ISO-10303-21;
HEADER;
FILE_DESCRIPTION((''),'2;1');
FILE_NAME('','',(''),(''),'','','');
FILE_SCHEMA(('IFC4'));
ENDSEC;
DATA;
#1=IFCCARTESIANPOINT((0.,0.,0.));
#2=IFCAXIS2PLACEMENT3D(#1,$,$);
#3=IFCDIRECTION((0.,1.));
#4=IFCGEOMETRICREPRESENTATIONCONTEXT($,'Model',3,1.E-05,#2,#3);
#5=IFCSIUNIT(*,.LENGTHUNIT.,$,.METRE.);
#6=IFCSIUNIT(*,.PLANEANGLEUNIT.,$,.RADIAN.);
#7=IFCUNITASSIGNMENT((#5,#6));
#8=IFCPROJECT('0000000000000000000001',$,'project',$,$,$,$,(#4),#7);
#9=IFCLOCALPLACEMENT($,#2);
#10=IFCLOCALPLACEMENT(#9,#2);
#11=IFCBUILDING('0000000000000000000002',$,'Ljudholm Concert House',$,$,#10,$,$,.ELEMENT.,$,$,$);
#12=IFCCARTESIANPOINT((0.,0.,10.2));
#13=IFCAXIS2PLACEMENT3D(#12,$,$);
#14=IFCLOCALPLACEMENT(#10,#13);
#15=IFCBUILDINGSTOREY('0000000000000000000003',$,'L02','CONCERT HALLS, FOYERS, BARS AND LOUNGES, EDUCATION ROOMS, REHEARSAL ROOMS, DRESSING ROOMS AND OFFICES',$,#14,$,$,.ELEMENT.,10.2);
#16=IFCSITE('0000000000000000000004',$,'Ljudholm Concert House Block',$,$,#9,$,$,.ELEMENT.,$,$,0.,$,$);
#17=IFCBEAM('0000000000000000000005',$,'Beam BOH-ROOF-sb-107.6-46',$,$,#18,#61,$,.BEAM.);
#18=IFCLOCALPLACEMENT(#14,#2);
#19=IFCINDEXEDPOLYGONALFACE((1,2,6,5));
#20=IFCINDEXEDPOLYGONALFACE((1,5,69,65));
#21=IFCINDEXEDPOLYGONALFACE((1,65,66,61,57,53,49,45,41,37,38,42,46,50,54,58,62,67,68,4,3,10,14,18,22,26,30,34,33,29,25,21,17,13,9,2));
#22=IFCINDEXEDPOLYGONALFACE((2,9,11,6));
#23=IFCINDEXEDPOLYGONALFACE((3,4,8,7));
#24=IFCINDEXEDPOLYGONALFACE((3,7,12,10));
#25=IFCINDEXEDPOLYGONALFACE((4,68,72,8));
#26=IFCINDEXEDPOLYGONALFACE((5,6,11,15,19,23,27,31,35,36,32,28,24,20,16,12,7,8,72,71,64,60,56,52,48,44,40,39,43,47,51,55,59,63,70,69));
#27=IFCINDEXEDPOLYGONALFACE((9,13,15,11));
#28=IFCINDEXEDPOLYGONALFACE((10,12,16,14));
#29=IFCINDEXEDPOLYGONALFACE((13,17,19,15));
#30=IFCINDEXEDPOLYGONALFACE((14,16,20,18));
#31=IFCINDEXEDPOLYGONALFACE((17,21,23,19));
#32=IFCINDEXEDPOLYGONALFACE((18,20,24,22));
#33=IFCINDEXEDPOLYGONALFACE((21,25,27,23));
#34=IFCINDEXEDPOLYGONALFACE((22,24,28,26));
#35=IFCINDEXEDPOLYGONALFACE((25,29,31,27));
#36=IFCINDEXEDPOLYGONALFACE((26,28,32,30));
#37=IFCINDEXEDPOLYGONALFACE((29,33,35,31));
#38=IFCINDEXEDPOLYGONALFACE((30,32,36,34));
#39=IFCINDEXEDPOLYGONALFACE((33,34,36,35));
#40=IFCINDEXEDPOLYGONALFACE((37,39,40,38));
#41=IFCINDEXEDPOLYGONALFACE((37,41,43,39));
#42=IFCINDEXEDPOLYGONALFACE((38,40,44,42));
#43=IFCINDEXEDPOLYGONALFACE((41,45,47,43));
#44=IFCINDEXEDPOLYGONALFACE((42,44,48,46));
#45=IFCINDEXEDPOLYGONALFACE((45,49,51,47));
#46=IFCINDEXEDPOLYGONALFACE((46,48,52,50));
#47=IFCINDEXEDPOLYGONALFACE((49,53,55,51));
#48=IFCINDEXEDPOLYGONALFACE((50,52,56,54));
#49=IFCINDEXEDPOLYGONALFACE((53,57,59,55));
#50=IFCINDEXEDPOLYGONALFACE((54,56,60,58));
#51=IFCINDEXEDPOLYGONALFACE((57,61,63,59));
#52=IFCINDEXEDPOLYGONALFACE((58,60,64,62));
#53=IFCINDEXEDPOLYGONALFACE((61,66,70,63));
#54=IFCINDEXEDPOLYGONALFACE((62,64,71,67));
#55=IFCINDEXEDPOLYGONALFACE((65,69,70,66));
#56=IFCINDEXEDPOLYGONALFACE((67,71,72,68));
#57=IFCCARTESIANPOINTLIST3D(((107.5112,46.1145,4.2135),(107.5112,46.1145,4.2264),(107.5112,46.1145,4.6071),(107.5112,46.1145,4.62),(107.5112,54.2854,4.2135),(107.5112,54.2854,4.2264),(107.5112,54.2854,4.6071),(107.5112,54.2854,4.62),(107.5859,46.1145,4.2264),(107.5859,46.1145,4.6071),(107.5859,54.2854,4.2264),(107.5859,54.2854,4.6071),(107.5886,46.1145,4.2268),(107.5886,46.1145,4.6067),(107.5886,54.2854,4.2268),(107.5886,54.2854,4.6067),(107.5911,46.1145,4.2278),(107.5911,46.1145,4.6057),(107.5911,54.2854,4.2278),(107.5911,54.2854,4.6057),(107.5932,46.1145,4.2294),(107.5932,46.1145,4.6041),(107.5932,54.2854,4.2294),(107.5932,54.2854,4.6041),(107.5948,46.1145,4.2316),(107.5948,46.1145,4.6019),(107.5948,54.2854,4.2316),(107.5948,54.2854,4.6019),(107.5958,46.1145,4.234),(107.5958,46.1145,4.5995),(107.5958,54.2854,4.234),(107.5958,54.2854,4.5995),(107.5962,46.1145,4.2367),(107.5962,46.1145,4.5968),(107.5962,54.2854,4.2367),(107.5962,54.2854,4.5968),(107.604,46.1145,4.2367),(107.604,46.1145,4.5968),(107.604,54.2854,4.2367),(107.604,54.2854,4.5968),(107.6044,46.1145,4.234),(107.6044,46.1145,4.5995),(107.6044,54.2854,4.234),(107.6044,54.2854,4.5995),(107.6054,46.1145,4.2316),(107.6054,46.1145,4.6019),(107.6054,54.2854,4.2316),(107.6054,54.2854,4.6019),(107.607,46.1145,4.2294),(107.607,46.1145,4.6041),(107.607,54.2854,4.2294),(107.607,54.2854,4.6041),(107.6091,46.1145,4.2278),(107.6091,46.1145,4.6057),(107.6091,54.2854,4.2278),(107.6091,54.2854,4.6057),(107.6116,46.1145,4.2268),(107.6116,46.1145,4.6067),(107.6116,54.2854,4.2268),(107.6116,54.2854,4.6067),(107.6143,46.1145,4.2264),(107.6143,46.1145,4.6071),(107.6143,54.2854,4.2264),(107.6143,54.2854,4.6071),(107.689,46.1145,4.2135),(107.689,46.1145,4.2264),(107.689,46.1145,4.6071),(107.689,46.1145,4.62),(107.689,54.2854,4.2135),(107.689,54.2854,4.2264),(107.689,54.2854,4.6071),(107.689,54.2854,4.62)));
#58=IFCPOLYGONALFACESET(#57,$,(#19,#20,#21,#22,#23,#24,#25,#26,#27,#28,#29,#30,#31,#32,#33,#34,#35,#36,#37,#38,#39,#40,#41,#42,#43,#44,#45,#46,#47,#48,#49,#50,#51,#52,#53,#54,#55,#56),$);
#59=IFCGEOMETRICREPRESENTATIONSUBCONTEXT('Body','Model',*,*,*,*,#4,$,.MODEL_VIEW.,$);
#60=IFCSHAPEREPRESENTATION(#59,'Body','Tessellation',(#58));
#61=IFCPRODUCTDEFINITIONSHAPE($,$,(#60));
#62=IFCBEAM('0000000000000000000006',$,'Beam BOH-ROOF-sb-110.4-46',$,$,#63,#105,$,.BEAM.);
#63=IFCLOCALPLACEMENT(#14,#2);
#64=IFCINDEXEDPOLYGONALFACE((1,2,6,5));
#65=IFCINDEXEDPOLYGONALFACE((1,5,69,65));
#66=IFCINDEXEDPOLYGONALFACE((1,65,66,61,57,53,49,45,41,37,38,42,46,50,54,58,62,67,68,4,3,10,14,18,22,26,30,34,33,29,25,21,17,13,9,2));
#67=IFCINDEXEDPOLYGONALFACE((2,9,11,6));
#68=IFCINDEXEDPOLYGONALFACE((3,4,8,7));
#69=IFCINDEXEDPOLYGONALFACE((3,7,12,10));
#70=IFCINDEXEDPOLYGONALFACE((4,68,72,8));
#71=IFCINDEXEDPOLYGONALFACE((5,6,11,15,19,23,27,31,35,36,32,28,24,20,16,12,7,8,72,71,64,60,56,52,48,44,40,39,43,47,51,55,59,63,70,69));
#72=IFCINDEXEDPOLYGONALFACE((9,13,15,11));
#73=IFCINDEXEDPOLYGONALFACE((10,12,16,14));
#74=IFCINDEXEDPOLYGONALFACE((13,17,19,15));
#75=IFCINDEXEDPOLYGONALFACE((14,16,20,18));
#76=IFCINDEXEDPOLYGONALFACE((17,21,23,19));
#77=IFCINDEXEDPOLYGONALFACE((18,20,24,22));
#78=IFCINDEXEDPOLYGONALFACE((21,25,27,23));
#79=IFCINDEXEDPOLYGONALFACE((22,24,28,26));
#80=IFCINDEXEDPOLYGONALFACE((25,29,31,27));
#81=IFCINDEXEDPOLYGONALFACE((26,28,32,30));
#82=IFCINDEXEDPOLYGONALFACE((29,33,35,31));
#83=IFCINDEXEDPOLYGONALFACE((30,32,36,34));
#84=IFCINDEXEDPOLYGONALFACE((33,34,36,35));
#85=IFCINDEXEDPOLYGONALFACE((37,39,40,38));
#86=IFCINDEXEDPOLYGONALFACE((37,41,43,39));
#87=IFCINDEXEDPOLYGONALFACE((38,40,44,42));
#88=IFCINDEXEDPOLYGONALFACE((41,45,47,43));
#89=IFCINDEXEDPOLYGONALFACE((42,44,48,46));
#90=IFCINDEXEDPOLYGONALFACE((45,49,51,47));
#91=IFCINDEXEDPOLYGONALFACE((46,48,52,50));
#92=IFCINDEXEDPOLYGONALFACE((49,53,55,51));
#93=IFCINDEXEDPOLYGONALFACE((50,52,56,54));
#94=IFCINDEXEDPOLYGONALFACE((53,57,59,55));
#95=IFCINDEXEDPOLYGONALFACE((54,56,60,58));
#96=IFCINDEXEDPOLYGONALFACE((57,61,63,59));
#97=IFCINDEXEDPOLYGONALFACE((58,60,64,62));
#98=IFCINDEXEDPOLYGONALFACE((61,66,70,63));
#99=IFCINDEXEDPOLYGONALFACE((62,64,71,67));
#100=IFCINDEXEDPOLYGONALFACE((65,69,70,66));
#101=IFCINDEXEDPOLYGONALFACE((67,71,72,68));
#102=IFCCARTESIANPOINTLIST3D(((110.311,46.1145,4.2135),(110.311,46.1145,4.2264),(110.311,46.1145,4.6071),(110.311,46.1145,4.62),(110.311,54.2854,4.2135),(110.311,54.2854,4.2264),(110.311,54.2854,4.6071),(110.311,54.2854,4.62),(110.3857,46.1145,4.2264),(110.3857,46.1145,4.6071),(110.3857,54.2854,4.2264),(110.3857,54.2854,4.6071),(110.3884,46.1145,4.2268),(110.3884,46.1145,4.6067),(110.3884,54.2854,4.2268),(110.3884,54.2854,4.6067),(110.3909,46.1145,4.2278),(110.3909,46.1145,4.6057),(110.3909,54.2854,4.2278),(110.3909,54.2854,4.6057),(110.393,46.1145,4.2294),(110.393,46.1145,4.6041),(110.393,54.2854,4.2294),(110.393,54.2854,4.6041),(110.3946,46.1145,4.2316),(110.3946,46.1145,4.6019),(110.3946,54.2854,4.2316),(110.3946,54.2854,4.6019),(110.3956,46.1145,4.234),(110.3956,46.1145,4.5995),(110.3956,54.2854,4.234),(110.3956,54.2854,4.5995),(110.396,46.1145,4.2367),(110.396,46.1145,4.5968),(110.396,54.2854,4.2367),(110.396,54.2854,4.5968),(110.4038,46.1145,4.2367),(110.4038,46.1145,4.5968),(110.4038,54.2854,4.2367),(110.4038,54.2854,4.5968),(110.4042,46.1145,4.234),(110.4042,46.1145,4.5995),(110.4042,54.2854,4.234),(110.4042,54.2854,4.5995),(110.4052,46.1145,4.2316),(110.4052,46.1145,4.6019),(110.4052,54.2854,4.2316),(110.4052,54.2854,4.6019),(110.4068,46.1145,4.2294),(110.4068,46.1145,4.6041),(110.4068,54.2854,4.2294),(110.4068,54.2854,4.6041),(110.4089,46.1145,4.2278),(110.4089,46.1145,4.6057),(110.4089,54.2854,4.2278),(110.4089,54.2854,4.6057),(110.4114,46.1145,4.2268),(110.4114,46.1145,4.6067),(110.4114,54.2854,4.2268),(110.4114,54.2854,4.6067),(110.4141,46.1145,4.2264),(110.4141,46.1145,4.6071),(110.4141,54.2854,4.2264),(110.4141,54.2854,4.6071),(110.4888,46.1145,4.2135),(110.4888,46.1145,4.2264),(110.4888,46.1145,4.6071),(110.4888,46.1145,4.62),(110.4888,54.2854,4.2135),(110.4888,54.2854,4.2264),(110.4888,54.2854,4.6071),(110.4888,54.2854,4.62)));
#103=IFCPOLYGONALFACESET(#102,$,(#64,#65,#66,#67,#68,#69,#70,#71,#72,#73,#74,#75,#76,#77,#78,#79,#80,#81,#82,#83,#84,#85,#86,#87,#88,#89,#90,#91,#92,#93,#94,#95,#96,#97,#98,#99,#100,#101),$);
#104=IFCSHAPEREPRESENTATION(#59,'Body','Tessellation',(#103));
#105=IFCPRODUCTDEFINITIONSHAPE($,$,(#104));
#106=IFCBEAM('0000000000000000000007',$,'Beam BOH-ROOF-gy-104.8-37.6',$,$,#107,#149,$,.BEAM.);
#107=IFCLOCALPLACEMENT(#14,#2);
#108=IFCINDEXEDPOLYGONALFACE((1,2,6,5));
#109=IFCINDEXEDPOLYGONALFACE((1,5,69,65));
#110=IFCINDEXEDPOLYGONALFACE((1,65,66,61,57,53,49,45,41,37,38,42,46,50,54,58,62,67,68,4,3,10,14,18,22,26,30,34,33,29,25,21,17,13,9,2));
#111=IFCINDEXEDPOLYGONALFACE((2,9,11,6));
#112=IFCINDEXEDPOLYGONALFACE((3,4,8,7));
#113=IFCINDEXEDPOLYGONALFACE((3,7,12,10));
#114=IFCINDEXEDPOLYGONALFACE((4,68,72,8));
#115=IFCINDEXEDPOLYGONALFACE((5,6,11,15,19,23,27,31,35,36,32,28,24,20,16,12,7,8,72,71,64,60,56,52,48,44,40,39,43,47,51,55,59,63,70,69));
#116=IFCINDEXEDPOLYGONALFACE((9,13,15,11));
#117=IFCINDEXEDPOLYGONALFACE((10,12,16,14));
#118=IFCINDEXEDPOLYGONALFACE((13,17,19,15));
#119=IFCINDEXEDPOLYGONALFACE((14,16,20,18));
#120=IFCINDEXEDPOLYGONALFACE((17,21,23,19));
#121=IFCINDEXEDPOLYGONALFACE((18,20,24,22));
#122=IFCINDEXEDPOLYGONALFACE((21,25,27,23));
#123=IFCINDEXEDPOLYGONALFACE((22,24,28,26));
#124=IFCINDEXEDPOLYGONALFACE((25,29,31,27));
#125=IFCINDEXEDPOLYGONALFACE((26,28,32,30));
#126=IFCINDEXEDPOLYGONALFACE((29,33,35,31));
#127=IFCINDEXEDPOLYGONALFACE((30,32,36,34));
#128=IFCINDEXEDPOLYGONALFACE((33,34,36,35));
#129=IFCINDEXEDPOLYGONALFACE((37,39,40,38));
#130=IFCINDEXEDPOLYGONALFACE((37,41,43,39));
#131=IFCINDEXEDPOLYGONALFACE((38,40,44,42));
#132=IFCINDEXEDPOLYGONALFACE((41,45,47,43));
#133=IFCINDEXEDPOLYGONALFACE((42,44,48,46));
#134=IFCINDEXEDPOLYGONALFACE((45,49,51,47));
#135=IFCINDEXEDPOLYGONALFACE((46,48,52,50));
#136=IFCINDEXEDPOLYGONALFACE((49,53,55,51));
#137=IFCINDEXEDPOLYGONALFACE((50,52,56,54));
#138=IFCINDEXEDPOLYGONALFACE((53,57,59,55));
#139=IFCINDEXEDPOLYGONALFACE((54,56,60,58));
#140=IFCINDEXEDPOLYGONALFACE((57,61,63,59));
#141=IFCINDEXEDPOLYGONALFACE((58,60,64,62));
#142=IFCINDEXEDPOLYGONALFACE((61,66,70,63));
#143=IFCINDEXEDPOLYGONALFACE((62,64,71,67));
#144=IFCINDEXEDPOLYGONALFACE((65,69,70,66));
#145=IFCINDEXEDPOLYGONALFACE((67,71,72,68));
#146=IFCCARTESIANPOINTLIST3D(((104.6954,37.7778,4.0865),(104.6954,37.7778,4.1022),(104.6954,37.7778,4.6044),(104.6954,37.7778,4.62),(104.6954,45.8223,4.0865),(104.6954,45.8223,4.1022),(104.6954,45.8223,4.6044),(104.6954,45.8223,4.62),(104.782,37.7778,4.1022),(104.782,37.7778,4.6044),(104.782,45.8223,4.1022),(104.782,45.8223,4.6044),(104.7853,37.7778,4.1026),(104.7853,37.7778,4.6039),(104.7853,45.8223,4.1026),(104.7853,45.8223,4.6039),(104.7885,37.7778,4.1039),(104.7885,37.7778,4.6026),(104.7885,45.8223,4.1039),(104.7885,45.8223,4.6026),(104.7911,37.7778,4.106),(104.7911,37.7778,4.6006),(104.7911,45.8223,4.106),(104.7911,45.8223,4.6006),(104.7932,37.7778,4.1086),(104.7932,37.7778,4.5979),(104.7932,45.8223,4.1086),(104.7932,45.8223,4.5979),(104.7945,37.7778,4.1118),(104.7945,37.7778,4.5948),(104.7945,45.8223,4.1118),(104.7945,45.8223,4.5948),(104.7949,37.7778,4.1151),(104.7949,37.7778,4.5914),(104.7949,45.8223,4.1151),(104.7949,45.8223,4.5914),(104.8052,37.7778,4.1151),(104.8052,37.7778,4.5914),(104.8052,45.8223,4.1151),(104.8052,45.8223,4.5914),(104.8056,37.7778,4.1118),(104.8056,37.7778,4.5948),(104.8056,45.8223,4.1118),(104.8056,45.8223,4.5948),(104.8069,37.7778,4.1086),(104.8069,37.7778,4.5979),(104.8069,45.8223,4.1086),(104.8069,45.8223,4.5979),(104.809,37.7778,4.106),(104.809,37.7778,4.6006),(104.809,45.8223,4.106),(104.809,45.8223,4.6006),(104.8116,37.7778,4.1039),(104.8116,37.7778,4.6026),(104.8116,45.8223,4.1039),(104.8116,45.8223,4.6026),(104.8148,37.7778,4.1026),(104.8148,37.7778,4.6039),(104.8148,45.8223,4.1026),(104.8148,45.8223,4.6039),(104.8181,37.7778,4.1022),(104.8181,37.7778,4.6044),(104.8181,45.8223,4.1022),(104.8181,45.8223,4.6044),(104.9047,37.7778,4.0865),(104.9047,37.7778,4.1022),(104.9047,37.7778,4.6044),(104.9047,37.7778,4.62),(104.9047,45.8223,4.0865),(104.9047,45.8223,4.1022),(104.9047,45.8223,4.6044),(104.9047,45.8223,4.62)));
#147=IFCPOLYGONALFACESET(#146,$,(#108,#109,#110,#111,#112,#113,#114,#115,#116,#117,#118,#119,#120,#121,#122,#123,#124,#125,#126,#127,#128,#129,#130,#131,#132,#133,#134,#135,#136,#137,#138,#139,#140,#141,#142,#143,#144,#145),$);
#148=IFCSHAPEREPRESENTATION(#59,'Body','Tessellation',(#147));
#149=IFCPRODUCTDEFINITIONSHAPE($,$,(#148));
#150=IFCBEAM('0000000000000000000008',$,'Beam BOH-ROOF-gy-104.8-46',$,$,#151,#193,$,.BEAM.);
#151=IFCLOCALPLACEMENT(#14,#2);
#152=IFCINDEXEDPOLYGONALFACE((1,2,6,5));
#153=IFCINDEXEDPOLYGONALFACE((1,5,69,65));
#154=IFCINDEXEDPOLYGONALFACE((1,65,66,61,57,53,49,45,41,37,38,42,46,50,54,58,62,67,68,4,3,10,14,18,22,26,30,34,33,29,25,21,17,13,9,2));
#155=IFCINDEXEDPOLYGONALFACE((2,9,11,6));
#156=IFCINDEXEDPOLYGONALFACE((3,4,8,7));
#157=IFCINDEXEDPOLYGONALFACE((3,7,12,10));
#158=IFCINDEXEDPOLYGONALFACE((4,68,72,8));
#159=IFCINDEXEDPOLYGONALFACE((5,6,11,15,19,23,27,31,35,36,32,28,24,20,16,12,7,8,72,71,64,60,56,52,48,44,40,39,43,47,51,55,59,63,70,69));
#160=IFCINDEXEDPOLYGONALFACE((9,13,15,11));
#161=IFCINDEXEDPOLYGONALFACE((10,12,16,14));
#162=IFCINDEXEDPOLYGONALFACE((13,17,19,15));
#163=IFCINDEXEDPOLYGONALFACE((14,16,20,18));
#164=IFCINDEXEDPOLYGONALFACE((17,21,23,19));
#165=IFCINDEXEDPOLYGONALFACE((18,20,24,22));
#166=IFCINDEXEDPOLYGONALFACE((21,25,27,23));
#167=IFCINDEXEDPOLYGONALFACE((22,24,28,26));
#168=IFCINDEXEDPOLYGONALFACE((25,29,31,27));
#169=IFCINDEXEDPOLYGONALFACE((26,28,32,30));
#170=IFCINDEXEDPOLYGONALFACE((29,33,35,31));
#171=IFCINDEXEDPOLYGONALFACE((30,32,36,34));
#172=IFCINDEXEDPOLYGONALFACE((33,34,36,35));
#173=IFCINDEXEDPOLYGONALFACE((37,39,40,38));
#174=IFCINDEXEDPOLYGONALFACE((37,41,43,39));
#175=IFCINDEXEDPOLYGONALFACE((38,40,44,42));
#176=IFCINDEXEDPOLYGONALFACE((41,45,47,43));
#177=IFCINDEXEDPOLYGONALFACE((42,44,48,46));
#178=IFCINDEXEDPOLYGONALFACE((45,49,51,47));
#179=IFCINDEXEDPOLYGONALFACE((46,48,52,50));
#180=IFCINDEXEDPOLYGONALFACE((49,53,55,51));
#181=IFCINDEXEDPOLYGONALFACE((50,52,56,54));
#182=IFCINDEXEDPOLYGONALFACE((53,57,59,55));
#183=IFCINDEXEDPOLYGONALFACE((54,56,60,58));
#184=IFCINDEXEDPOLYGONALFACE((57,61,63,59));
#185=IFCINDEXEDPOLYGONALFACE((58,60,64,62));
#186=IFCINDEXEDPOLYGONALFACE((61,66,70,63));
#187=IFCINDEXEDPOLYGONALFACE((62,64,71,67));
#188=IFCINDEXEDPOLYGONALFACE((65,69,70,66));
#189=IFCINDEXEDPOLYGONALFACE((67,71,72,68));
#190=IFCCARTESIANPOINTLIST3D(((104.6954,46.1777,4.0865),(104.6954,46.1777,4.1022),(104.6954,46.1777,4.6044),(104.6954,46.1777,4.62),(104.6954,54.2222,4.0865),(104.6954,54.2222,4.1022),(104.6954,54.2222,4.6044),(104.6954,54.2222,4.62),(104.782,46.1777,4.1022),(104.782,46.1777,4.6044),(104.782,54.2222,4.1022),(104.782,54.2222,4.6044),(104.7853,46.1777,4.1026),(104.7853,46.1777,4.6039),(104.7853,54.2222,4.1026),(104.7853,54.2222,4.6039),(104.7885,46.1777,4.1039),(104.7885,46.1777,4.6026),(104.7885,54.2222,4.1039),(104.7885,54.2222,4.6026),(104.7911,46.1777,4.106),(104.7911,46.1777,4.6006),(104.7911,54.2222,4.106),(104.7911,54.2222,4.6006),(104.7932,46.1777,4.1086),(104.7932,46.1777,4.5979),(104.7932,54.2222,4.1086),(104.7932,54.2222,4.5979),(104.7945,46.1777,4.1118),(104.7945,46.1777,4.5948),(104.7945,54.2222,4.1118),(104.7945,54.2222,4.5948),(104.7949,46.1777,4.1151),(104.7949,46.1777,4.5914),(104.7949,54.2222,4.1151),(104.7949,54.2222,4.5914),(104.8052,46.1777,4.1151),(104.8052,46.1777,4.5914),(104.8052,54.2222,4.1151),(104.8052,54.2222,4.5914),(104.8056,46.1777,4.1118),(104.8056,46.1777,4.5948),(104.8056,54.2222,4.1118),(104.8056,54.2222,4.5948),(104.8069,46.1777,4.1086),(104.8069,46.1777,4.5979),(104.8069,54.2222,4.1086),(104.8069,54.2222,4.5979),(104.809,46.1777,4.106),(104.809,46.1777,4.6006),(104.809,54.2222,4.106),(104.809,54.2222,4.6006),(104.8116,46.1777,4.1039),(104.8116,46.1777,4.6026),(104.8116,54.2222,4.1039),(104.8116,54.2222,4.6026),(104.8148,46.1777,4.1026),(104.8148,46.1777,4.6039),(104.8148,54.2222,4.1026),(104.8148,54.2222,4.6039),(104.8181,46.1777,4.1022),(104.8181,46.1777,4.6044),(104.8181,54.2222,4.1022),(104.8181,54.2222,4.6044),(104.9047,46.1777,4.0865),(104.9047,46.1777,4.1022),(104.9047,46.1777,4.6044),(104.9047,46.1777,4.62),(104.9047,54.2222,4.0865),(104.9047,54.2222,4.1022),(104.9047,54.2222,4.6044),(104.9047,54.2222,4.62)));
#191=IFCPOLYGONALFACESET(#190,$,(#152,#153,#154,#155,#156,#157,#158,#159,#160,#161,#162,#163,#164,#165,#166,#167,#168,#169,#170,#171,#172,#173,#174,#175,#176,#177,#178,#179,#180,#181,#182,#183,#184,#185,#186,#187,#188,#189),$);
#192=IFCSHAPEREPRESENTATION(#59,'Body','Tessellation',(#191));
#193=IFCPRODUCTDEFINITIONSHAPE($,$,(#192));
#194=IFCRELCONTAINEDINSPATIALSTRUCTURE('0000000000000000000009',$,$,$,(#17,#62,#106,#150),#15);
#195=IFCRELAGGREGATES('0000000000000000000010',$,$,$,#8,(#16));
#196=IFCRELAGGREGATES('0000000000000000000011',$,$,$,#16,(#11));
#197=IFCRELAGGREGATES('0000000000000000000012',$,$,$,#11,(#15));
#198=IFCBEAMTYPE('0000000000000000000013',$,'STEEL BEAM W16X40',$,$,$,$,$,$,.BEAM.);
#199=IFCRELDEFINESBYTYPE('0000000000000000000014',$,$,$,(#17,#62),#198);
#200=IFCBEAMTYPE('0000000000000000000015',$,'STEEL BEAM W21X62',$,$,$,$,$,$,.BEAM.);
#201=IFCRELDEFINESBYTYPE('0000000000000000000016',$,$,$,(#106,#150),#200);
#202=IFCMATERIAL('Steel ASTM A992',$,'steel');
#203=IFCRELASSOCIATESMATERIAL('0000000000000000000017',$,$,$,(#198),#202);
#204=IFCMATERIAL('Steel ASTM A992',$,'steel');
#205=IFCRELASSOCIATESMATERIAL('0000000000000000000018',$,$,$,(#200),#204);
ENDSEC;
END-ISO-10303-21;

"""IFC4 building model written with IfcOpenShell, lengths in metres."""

from ifc_helpers import new_model, si_unit, direction, frame, origin, origin_2d, place, context, subcontext, project, spatial, i_section, extrude, material, material_profile, profile_set, type_object, element, save


model = new_model("IFC4")

# Units and contexts
model_context = context("Model", 3, precision=1e-05, world=origin(), true_north=direction((0.0, 1.0)))
body_context = subcontext(model_context, "Body", "Model", "MODEL_VIEW")
ifc_project = project(units=[si_unit("LENGTHUNIT", "METRE"), si_unit("PLANEANGLEUNIT", "RADIAN")], contexts=[model_context])

# Site, building, storey
site_placement = place(None, origin())
site = spatial("IfcSite", under=ifc_project, at=site_placement, Name="Ljudholm Concert House Block", CompositionType="ELEMENT", RefElevation=0.0)
building_placement = place(site_placement, origin())
building = spatial("IfcBuilding", under=site, at=building_placement, Name="Ljudholm Concert House", CompositionType="ELEMENT")
storey_placement = place(building_placement, frame((0.0, 0.0, 10.2)))
storey = spatial("IfcBuildingStorey", under=building, at=storey_placement, Name="L02", Description="CONCERT HALLS, FOYERS, BARS AND LOUNGES, EDUCATION ROOMS, REHEARSAL ROOMS, DRESSING ROOMS AND OFFICES", CompositionType="ELEMENT", Elevation=10.2)

# Beams
ifc_material_1 = material(Name="Steel ASTM A992", Category="steel")
ifc_material_profile_1 = material_profile(ifc_material_1, i_section(OverallWidth=0.1777, OverallDepth=0.4065, WebThickness=0.0078, FlangeThickness=0.0129, FilletRadius=0.0103, at=origin_2d()), Name="W16X40")
ifc_profile_set_1 = profile_set([ifc_material_profile_1], Name="Steel ASTM A992")
beam_type_1 = type_object("IfcBeamType", Name="STEEL BEAM W16X40", PredefinedType="BEAM", material=ifc_profile_set_1)
for number, where, z_axis, x_axis, name in (
    (1, (107.6001, 46.1145, 4.4167), (0.0, 1.0, 0.0), (-1.0, 0.0, 0.0), "Beam BOH-ROOF-sb-107.6-46"),
    (2, (110.3999, 46.1145, 4.4167), (0.0, 1.0, 0.0), (-1.0, 0.0, 0.0), "Beam BOH-ROOF-sb-110.4-46"),
):
    element("IfcBeam", number, at=place(storey_placement, frame(where, z_axis=z_axis, x_axis=x_axis)), inside=storey, type_object=beam_type_1, Name=name, PredefinedType="BEAM", context=body_context, shape_type="SweptSolid", body=[
        extrude(i_section(OverallWidth=0.1777, OverallDepth=0.4065, WebThickness=0.0078, FlangeThickness=0.0129, FilletRadius=0.0103, at=origin_2d()), origin(), (0.0, 0.0, 1.0), 8.1709),
    ])
ifc_material_2 = material(Name="Steel ASTM A992", Category="steel")
ifc_material_profile_2 = material_profile(ifc_material_2, i_section(OverallWidth=0.2092, OverallDepth=0.5334, WebThickness=0.0103, FlangeThickness=0.0156, FilletRadius=0.0129, at=origin_2d()), Name="W21X62")
ifc_profile_set_2 = profile_set([ifc_material_profile_2], Name="Steel ASTM A992")
beam_type_2 = type_object("IfcBeamType", Name="STEEL BEAM W21X62", PredefinedType="BEAM", material=ifc_profile_set_2)
for number, where, z_axis, x_axis, name in (
    (3, (104.8, 37.7778, 4.3533), (0.0, 1.0, 0.0), (-1.0, 0.0, 0.0), "Beam BOH-ROOF-gy-104.8-37.6"),
    (4, (104.8, 46.1777, 4.3533), (0.0, 1.0, 0.0), (-1.0, 0.0, 0.0), "Beam BOH-ROOF-gy-104.8-46"),
):
    element("IfcBeam", number, at=place(storey_placement, frame(where, z_axis=z_axis, x_axis=x_axis)), inside=storey, type_object=beam_type_2, Name=name, PredefinedType="BEAM", context=body_context, shape_type="SweptSolid", body=[
        extrude(i_section(OverallWidth=0.2092, OverallDepth=0.5334, WebThickness=0.0103, FlangeThickness=0.0156, FilletRadius=0.0129, at=origin_2d()), origin(), (0.0, 0.0, 1.0), 8.0444),
    ])

save(model, "model.ifc")
